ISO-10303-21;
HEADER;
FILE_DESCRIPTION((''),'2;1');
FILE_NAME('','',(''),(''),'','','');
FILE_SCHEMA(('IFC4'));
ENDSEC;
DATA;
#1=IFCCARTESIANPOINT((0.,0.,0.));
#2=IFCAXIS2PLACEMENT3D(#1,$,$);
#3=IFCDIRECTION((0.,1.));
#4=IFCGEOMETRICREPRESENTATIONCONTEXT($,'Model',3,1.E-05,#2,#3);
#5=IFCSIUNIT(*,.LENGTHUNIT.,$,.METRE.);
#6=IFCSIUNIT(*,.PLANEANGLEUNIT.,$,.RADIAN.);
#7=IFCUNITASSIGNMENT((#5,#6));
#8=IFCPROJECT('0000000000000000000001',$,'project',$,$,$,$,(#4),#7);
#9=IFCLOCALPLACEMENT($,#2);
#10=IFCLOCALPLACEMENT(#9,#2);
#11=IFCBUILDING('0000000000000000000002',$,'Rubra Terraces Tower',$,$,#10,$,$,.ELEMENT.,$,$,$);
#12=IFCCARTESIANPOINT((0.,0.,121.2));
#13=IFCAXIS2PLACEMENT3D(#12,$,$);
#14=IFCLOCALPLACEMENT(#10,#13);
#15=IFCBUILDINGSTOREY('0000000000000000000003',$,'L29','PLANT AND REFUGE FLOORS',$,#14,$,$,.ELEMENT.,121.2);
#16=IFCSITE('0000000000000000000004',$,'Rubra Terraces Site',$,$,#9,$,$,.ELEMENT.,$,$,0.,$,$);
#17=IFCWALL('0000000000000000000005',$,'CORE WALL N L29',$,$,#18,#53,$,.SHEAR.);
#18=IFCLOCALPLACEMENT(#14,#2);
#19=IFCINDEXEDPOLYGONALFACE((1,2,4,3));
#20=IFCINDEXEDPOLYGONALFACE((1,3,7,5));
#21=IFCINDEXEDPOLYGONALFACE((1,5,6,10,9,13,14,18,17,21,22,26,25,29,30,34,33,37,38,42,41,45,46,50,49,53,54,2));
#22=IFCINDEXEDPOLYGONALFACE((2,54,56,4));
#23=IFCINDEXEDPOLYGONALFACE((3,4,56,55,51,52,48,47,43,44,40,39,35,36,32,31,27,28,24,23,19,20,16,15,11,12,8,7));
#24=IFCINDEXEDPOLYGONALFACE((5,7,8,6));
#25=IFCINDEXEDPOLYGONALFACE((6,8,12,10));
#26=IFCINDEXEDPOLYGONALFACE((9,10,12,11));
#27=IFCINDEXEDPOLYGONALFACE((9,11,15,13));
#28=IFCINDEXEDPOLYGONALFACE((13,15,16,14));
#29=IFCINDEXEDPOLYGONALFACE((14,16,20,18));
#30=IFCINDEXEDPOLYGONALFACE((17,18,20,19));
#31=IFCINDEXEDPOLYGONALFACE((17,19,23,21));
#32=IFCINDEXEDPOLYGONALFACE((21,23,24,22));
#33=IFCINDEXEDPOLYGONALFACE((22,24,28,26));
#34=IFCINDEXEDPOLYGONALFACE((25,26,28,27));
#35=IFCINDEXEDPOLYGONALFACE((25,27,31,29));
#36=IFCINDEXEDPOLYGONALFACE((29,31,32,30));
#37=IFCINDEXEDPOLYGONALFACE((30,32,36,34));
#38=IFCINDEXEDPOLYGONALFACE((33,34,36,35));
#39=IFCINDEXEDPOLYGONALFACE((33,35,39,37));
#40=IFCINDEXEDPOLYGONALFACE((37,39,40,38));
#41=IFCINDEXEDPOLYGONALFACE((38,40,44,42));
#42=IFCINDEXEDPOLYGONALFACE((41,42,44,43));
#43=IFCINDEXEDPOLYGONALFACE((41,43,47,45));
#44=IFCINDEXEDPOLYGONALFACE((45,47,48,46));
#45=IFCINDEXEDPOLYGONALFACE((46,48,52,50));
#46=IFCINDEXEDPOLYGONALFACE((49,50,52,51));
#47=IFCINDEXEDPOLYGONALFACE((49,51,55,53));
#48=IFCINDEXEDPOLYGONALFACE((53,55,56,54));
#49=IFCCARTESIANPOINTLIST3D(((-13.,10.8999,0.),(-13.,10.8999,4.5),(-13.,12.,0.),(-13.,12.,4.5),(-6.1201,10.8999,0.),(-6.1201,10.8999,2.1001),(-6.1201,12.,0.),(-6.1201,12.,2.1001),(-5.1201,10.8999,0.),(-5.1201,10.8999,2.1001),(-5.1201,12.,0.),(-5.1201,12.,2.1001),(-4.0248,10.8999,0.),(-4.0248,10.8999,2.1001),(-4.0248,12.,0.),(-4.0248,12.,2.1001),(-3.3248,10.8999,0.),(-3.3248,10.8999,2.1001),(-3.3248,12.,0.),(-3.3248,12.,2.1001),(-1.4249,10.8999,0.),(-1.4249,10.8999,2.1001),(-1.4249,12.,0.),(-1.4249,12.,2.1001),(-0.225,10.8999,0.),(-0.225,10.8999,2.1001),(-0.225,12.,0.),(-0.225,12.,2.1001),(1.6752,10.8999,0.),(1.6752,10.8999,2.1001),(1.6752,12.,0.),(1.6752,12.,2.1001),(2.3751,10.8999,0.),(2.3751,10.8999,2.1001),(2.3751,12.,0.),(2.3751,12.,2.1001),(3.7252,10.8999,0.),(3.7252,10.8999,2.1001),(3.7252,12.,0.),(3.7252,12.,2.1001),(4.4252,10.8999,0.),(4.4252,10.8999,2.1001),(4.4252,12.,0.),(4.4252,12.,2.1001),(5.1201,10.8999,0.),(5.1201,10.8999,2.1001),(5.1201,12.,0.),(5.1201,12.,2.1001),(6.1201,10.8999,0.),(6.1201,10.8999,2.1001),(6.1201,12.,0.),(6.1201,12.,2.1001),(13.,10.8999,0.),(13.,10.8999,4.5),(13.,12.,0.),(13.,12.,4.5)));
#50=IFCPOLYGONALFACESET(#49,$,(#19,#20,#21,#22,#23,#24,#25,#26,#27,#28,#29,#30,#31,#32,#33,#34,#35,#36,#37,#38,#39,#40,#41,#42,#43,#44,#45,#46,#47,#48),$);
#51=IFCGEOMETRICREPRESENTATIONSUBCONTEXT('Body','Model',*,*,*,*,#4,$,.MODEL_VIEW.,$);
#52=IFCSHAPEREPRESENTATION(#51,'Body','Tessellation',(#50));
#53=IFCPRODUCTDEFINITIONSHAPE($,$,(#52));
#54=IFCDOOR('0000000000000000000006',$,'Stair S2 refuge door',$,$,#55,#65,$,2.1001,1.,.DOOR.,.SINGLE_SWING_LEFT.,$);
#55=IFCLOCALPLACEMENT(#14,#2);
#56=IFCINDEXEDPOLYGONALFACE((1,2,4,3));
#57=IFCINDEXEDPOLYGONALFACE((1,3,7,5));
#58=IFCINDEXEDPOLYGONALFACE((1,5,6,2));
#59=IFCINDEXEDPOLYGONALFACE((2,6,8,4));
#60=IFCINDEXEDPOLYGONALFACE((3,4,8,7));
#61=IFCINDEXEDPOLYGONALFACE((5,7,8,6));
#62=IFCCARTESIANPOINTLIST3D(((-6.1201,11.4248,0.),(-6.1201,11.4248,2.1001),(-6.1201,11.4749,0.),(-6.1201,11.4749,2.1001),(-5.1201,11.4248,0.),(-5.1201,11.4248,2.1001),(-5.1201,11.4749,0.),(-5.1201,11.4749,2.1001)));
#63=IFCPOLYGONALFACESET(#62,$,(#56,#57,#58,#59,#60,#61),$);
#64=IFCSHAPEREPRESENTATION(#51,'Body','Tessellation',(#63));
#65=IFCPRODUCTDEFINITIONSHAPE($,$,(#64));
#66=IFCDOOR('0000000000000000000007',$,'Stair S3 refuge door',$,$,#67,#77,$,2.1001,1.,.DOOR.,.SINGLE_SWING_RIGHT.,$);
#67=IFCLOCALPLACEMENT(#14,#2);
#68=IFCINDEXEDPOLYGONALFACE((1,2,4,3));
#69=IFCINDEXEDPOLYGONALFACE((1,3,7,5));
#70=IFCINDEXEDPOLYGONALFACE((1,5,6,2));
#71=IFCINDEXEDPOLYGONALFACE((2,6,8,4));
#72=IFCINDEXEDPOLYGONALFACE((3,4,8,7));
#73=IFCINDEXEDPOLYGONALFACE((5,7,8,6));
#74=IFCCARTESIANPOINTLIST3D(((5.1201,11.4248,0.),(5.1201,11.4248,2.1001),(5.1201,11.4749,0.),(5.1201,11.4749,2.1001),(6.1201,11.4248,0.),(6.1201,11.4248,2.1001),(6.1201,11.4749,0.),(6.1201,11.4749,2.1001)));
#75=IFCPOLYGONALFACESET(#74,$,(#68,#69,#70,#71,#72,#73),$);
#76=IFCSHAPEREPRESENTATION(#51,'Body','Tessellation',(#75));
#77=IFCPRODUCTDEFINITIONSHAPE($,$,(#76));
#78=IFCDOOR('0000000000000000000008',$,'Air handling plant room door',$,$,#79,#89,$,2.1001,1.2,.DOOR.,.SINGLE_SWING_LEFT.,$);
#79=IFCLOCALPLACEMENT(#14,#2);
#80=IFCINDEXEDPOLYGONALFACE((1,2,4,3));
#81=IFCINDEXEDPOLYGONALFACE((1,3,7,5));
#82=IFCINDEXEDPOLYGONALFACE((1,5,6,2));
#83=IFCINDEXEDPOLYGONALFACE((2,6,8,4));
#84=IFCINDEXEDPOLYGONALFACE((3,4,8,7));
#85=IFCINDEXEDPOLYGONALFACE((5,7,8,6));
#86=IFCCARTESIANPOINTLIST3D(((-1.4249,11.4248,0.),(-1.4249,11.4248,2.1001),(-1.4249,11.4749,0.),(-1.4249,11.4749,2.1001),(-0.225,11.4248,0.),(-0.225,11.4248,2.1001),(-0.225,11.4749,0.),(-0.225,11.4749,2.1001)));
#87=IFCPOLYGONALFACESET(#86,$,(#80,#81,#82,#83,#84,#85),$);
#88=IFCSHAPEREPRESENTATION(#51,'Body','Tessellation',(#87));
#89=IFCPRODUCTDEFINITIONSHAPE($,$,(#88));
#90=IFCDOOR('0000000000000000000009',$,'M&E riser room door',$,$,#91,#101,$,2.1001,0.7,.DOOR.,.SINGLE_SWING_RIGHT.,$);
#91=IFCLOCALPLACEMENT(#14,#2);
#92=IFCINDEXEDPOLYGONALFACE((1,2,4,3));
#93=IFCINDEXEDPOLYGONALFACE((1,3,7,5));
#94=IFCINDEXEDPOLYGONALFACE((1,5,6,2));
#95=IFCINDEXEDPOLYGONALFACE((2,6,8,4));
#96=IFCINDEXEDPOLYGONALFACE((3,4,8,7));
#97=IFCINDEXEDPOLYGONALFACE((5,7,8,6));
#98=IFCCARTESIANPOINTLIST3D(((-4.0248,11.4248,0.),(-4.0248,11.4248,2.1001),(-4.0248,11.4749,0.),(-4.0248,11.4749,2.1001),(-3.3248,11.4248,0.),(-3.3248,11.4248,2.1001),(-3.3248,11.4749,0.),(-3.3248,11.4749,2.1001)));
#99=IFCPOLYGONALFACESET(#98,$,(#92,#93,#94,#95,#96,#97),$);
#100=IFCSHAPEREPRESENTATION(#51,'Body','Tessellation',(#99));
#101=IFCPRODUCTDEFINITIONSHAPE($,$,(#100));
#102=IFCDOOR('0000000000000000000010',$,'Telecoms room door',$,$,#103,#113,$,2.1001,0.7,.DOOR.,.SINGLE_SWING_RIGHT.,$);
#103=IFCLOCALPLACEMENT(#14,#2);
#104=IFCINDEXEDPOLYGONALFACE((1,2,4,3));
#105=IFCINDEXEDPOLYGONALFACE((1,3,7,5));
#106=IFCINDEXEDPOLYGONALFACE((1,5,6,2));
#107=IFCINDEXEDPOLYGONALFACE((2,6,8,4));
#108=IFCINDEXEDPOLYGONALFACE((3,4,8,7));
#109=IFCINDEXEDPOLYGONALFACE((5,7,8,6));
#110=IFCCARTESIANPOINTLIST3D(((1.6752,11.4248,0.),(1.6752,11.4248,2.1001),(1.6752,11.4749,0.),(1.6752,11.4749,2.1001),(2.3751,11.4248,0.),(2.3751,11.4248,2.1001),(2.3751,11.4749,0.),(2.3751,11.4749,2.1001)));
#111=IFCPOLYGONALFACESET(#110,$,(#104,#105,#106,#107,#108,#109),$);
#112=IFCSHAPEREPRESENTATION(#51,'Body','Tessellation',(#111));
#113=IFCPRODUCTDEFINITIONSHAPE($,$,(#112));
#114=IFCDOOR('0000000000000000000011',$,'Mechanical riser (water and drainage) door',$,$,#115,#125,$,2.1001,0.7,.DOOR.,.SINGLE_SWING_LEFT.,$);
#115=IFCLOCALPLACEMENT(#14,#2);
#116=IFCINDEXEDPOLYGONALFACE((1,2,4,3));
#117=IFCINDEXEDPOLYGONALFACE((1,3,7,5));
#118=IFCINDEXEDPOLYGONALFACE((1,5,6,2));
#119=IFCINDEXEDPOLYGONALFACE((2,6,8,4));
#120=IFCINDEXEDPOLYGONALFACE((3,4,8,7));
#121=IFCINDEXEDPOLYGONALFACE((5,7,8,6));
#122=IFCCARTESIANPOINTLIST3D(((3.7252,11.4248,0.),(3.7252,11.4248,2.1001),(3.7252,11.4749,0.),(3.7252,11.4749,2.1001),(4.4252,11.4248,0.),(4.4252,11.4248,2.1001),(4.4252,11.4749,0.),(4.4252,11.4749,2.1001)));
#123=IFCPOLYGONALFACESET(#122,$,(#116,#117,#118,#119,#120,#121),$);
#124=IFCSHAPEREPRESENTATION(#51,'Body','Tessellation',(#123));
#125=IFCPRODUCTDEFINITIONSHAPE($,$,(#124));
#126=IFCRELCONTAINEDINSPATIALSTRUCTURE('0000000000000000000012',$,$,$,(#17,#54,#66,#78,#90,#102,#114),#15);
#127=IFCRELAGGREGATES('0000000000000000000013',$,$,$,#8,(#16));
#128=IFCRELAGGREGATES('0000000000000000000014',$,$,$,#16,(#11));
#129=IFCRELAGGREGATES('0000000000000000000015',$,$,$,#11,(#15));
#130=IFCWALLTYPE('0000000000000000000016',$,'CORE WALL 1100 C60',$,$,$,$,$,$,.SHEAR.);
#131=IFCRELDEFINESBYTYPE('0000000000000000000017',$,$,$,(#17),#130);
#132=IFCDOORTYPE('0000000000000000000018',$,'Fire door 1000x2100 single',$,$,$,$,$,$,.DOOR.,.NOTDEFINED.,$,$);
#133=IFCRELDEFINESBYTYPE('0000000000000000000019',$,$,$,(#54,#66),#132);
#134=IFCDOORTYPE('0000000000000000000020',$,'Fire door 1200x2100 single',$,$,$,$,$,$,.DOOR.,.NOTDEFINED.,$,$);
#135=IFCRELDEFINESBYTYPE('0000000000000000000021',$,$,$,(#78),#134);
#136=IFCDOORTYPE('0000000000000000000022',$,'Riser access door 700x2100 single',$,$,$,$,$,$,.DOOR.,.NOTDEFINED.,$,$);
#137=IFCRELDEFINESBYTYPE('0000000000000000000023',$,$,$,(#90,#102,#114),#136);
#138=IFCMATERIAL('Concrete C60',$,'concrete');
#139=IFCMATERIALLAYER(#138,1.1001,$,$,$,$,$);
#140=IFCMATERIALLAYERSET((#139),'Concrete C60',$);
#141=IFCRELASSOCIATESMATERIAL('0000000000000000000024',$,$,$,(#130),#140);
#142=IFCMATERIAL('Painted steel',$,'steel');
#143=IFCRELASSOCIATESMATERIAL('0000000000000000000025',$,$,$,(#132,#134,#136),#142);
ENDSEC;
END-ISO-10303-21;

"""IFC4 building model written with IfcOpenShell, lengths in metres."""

from ifc_helpers import new_model, si_unit, direction, frame, frame_2d, origin, place, context, subcontext, project, spatial, rectangle, extrude, material, layer, layer_set, type_object, element, fill, save


model = new_model("IFC4")

# Units and contexts
model_context = context("Model", 3, precision=1e-05, world=origin(), true_north=direction((0.0, 1.0)))
body_context = subcontext(model_context, "Body", "Model", "MODEL_VIEW")
ifc_project = project(units=[si_unit("LENGTHUNIT", "METRE"), si_unit("PLANEANGLEUNIT", "RADIAN")], contexts=[model_context])

# Site, building, storey
site_placement = place(None, origin())
site = spatial("IfcSite", under=ifc_project, at=site_placement, Name="Rubra Terraces Site", CompositionType="ELEMENT", RefElevation=0.0)
building_placement = place(site_placement, origin())
building = spatial("IfcBuilding", under=site, at=building_placement, Name="Rubra Terraces Tower", CompositionType="ELEMENT")
storey_placement = place(building_placement, frame((0.0, 0.0, 121.2)))
storey = spatial("IfcBuildingStorey", under=building, at=storey_placement, Name="L29", Description="PLANT AND REFUGE FLOORS", CompositionType="ELEMENT", Elevation=121.2)

# Shared definitions
ifc_material_1 = material(Name="Concrete C60", Category="concrete")

# Wall, openings, doors
ifc_layer_1 = layer(ifc_material_1, 1.1001)
ifc_layer_set_1 = layer_set([ifc_layer_1], Name="Concrete C60")
wall_type_1 = type_object("IfcWallType", Name="CORE WALL 1100 C60", PredefinedType="SHEAR", material=ifc_layer_set_1)
wall_1_placement = place(storey_placement, frame((-13.0, 11.45, 0.0), z_axis=(0.0, 0.0, 1.0), x_axis=(1.0, 0.0, 0.0)))
wall_1 = element("IfcWall", 1, at=wall_1_placement, inside=storey, type_object=wall_type_1, Name="CORE WALL N L29", PredefinedType="SHEAR", context=body_context, shape_type="SweptSolid", body=[
    extrude(rectangle(XDim=26.0, YDim=1.1001, at=frame_2d((13.0, 0.0))), origin(), (0.0, 0.0, 1.0), 4.5),
])
opening_1_placement = place(wall_1_placement, frame((8.9751, 0.0, 0.0)))
opening_1 = element("IfcOpeningElement", 2, at=opening_1_placement, cuts=wall_1, PredefinedType="OPENING", context=body_context, shape_type="SweptSolid", body=[
    extrude(rectangle(XDim=0.7, YDim=2.1001, at=frame_2d((0.3501, 1.05))), frame((0.0, 0.5601, 0.0), z_axis=(0.0, -1.0, 0.0), x_axis=(1.0, 0.0, 0.0)), (0.0, 0.0, 1.0), 1.1201),
])
opening_2_placement = place(wall_1_placement, frame((11.575, 0.0, 0.0)))
opening_2 = element("IfcOpeningElement", 3, at=opening_2_placement, cuts=wall_1, PredefinedType="OPENING", context=body_context, shape_type="SweptSolid", body=[
    extrude(rectangle(XDim=1.2, YDim=2.1001, at=frame_2d((0.6001, 1.05))), frame((0.0, 0.5601, 0.0), z_axis=(0.0, -1.0, 0.0), x_axis=(1.0, 0.0, 0.0)), (0.0, 0.0, 1.0), 1.1201),
])
opening_3_placement = place(wall_1_placement, frame((14.675, 0.0, 0.0)))
opening_3 = element("IfcOpeningElement", 4, at=opening_3_placement, cuts=wall_1, PredefinedType="OPENING", context=body_context, shape_type="SweptSolid", body=[
    extrude(rectangle(XDim=0.7, YDim=2.1001, at=frame_2d((0.3501, 1.05))), frame((0.0, 0.5601, 0.0), z_axis=(0.0, -1.0, 0.0), x_axis=(1.0, 0.0, 0.0)), (0.0, 0.0, 1.0), 1.1201),
])
opening_4_placement = place(wall_1_placement, frame((16.7251, 0.0, 0.0)))
opening_4 = element("IfcOpeningElement", 5, at=opening_4_placement, cuts=wall_1, PredefinedType="OPENING", context=body_context, shape_type="SweptSolid", body=[
    extrude(rectangle(XDim=0.7, YDim=2.1001, at=frame_2d((0.3501, 1.05))), frame((0.0, 0.5601, 0.0), z_axis=(0.0, -1.0, 0.0), x_axis=(1.0, 0.0, 0.0)), (0.0, 0.0, 1.0), 1.1201),
])
opening_5_placement = place(wall_1_placement, frame((6.8799, 0.0, 0.0)))
opening_5 = element("IfcOpeningElement", 6, at=opening_5_placement, cuts=wall_1, PredefinedType="OPENING", context=body_context, shape_type="SweptSolid", body=[
    extrude(rectangle(XDim=1.0, YDim=2.1001, at=frame_2d((0.5, 1.05))), frame((0.0, 0.5601, 0.0), z_axis=(0.0, -1.0, 0.0), x_axis=(1.0, 0.0, 0.0)), (0.0, 0.0, 1.0), 1.1201),
])
opening_6_placement = place(wall_1_placement, frame((18.1201, 0.0, 0.0)))
opening_6 = element("IfcOpeningElement", 7, at=opening_6_placement, cuts=wall_1, PredefinedType="OPENING", context=body_context, shape_type="SweptSolid", body=[
    extrude(rectangle(XDim=1.0, YDim=2.1001, at=frame_2d((0.5, 1.05))), frame((0.0, 0.5601, 0.0), z_axis=(0.0, -1.0, 0.0), x_axis=(1.0, 0.0, 0.0)), (0.0, 0.0, 1.0), 1.1201),
])
ifc_material_2 = material(Name="Painted steel", Category="steel")
door_type_1 = type_object("IfcDoorType", Name="Fire door 1000x2100 single", OperationType="NOTDEFINED", PredefinedType="DOOR", material=ifc_material_2)
door_1_placement = place(opening_5_placement, origin())
door_1 = element("IfcDoor", 8, at=door_1_placement, inside=storey, type_object=door_type_1, Name="Stair S2 refuge door", OperationType="SINGLE_SWING_LEFT", OverallHeight=2.1001, OverallWidth=1.0, PredefinedType="DOOR", context=body_context, shape_type="SweptSolid", body=[
    extrude(rectangle(XDim=1.0, YDim=2.1001, at=frame_2d((0.5, 1.05))), frame((0.0, 0.0249, 0.0), z_axis=(0.0, -1.0, 0.0), x_axis=(1.0, 0.0, 0.0)), (0.0, 0.0, 1.0), 0.05),
])
fill(opening_5, door_1)
door_2_placement = place(opening_6_placement, origin())
door_2 = element("IfcDoor", 9, at=door_2_placement, inside=storey, type_object=door_type_1, Name="Stair S3 refuge door", OperationType="SINGLE_SWING_RIGHT", OverallHeight=2.1001, OverallWidth=1.0, PredefinedType="DOOR", context=body_context, shape_type="SweptSolid", body=[
    extrude(rectangle(XDim=1.0, YDim=2.1001, at=frame_2d((0.5, 1.05))), frame((0.0, 0.0249, 0.0), z_axis=(0.0, -1.0, 0.0), x_axis=(1.0, 0.0, 0.0)), (0.0, 0.0, 1.0), 0.05),
])
fill(opening_6, door_2)
door_type_2 = type_object("IfcDoorType", Name="Fire door 1200x2100 single", OperationType="NOTDEFINED", PredefinedType="DOOR", material=ifc_material_2)
door_3_placement = place(opening_2_placement, origin())
door_3 = element("IfcDoor", 10, at=door_3_placement, inside=storey, type_object=door_type_2, Name="Air handling plant room door", OperationType="SINGLE_SWING_LEFT", OverallHeight=2.1001, OverallWidth=1.2, PredefinedType="DOOR", context=body_context, shape_type="SweptSolid", body=[
    extrude(rectangle(XDim=1.2, YDim=2.1001, at=frame_2d((0.6001, 1.05))), frame((0.0, 0.0249, 0.0), z_axis=(0.0, -1.0, 0.0), x_axis=(1.0, 0.0, 0.0)), (0.0, 0.0, 1.0), 0.05),
])
fill(opening_2, door_3)
door_type_3 = type_object("IfcDoorType", Name="Riser access door 700x2100 single", OperationType="NOTDEFINED", PredefinedType="DOOR", material=ifc_material_2)
door_4_placement = place(opening_1_placement, origin())
door_4 = element("IfcDoor", 11, at=door_4_placement, inside=storey, type_object=door_type_3, Name="M&E riser room door", OperationType="SINGLE_SWING_RIGHT", OverallHeight=2.1001, OverallWidth=0.7, PredefinedType="DOOR", context=body_context, shape_type="SweptSolid", body=[
    extrude(rectangle(XDim=0.7, YDim=2.1001, at=frame_2d((0.3501, 1.05))), frame((0.0, 0.0249, 0.0), z_axis=(0.0, -1.0, 0.0), x_axis=(1.0, 0.0, 0.0)), (0.0, 0.0, 1.0), 0.05),
])
fill(opening_1, door_4)
door_5_placement = place(opening_3_placement, origin())
door_5 = element("IfcDoor", 12, at=door_5_placement, inside=storey, type_object=door_type_3, Name="Telecoms room door", OperationType="SINGLE_SWING_RIGHT", OverallHeight=2.1001, OverallWidth=0.7, PredefinedType="DOOR", context=body_context, shape_type="SweptSolid", body=[
    extrude(rectangle(XDim=0.7, YDim=2.1001, at=frame_2d((0.3501, 1.05))), frame((0.0, 0.0249, 0.0), z_axis=(0.0, -1.0, 0.0), x_axis=(1.0, 0.0, 0.0)), (0.0, 0.0, 1.0), 0.05),
])
fill(opening_3, door_5)
door_6_placement = place(opening_4_placement, origin())
door_6 = element("IfcDoor", 13, at=door_6_placement, inside=storey, type_object=door_type_3, Name="Mechanical riser (water and drainage) door", OperationType="SINGLE_SWING_LEFT", OverallHeight=2.1001, OverallWidth=0.7, PredefinedType="DOOR", context=body_context, shape_type="SweptSolid", body=[
    extrude(rectangle(XDim=0.7, YDim=2.1001, at=frame_2d((0.3501, 1.05))), frame((0.0, 0.0249, 0.0), z_axis=(0.0, -1.0, 0.0), x_axis=(1.0, 0.0, 0.0)), (0.0, 0.0, 1.0), 0.05),
])
fill(opening_4, door_6)

save(model, "model.ifc")
